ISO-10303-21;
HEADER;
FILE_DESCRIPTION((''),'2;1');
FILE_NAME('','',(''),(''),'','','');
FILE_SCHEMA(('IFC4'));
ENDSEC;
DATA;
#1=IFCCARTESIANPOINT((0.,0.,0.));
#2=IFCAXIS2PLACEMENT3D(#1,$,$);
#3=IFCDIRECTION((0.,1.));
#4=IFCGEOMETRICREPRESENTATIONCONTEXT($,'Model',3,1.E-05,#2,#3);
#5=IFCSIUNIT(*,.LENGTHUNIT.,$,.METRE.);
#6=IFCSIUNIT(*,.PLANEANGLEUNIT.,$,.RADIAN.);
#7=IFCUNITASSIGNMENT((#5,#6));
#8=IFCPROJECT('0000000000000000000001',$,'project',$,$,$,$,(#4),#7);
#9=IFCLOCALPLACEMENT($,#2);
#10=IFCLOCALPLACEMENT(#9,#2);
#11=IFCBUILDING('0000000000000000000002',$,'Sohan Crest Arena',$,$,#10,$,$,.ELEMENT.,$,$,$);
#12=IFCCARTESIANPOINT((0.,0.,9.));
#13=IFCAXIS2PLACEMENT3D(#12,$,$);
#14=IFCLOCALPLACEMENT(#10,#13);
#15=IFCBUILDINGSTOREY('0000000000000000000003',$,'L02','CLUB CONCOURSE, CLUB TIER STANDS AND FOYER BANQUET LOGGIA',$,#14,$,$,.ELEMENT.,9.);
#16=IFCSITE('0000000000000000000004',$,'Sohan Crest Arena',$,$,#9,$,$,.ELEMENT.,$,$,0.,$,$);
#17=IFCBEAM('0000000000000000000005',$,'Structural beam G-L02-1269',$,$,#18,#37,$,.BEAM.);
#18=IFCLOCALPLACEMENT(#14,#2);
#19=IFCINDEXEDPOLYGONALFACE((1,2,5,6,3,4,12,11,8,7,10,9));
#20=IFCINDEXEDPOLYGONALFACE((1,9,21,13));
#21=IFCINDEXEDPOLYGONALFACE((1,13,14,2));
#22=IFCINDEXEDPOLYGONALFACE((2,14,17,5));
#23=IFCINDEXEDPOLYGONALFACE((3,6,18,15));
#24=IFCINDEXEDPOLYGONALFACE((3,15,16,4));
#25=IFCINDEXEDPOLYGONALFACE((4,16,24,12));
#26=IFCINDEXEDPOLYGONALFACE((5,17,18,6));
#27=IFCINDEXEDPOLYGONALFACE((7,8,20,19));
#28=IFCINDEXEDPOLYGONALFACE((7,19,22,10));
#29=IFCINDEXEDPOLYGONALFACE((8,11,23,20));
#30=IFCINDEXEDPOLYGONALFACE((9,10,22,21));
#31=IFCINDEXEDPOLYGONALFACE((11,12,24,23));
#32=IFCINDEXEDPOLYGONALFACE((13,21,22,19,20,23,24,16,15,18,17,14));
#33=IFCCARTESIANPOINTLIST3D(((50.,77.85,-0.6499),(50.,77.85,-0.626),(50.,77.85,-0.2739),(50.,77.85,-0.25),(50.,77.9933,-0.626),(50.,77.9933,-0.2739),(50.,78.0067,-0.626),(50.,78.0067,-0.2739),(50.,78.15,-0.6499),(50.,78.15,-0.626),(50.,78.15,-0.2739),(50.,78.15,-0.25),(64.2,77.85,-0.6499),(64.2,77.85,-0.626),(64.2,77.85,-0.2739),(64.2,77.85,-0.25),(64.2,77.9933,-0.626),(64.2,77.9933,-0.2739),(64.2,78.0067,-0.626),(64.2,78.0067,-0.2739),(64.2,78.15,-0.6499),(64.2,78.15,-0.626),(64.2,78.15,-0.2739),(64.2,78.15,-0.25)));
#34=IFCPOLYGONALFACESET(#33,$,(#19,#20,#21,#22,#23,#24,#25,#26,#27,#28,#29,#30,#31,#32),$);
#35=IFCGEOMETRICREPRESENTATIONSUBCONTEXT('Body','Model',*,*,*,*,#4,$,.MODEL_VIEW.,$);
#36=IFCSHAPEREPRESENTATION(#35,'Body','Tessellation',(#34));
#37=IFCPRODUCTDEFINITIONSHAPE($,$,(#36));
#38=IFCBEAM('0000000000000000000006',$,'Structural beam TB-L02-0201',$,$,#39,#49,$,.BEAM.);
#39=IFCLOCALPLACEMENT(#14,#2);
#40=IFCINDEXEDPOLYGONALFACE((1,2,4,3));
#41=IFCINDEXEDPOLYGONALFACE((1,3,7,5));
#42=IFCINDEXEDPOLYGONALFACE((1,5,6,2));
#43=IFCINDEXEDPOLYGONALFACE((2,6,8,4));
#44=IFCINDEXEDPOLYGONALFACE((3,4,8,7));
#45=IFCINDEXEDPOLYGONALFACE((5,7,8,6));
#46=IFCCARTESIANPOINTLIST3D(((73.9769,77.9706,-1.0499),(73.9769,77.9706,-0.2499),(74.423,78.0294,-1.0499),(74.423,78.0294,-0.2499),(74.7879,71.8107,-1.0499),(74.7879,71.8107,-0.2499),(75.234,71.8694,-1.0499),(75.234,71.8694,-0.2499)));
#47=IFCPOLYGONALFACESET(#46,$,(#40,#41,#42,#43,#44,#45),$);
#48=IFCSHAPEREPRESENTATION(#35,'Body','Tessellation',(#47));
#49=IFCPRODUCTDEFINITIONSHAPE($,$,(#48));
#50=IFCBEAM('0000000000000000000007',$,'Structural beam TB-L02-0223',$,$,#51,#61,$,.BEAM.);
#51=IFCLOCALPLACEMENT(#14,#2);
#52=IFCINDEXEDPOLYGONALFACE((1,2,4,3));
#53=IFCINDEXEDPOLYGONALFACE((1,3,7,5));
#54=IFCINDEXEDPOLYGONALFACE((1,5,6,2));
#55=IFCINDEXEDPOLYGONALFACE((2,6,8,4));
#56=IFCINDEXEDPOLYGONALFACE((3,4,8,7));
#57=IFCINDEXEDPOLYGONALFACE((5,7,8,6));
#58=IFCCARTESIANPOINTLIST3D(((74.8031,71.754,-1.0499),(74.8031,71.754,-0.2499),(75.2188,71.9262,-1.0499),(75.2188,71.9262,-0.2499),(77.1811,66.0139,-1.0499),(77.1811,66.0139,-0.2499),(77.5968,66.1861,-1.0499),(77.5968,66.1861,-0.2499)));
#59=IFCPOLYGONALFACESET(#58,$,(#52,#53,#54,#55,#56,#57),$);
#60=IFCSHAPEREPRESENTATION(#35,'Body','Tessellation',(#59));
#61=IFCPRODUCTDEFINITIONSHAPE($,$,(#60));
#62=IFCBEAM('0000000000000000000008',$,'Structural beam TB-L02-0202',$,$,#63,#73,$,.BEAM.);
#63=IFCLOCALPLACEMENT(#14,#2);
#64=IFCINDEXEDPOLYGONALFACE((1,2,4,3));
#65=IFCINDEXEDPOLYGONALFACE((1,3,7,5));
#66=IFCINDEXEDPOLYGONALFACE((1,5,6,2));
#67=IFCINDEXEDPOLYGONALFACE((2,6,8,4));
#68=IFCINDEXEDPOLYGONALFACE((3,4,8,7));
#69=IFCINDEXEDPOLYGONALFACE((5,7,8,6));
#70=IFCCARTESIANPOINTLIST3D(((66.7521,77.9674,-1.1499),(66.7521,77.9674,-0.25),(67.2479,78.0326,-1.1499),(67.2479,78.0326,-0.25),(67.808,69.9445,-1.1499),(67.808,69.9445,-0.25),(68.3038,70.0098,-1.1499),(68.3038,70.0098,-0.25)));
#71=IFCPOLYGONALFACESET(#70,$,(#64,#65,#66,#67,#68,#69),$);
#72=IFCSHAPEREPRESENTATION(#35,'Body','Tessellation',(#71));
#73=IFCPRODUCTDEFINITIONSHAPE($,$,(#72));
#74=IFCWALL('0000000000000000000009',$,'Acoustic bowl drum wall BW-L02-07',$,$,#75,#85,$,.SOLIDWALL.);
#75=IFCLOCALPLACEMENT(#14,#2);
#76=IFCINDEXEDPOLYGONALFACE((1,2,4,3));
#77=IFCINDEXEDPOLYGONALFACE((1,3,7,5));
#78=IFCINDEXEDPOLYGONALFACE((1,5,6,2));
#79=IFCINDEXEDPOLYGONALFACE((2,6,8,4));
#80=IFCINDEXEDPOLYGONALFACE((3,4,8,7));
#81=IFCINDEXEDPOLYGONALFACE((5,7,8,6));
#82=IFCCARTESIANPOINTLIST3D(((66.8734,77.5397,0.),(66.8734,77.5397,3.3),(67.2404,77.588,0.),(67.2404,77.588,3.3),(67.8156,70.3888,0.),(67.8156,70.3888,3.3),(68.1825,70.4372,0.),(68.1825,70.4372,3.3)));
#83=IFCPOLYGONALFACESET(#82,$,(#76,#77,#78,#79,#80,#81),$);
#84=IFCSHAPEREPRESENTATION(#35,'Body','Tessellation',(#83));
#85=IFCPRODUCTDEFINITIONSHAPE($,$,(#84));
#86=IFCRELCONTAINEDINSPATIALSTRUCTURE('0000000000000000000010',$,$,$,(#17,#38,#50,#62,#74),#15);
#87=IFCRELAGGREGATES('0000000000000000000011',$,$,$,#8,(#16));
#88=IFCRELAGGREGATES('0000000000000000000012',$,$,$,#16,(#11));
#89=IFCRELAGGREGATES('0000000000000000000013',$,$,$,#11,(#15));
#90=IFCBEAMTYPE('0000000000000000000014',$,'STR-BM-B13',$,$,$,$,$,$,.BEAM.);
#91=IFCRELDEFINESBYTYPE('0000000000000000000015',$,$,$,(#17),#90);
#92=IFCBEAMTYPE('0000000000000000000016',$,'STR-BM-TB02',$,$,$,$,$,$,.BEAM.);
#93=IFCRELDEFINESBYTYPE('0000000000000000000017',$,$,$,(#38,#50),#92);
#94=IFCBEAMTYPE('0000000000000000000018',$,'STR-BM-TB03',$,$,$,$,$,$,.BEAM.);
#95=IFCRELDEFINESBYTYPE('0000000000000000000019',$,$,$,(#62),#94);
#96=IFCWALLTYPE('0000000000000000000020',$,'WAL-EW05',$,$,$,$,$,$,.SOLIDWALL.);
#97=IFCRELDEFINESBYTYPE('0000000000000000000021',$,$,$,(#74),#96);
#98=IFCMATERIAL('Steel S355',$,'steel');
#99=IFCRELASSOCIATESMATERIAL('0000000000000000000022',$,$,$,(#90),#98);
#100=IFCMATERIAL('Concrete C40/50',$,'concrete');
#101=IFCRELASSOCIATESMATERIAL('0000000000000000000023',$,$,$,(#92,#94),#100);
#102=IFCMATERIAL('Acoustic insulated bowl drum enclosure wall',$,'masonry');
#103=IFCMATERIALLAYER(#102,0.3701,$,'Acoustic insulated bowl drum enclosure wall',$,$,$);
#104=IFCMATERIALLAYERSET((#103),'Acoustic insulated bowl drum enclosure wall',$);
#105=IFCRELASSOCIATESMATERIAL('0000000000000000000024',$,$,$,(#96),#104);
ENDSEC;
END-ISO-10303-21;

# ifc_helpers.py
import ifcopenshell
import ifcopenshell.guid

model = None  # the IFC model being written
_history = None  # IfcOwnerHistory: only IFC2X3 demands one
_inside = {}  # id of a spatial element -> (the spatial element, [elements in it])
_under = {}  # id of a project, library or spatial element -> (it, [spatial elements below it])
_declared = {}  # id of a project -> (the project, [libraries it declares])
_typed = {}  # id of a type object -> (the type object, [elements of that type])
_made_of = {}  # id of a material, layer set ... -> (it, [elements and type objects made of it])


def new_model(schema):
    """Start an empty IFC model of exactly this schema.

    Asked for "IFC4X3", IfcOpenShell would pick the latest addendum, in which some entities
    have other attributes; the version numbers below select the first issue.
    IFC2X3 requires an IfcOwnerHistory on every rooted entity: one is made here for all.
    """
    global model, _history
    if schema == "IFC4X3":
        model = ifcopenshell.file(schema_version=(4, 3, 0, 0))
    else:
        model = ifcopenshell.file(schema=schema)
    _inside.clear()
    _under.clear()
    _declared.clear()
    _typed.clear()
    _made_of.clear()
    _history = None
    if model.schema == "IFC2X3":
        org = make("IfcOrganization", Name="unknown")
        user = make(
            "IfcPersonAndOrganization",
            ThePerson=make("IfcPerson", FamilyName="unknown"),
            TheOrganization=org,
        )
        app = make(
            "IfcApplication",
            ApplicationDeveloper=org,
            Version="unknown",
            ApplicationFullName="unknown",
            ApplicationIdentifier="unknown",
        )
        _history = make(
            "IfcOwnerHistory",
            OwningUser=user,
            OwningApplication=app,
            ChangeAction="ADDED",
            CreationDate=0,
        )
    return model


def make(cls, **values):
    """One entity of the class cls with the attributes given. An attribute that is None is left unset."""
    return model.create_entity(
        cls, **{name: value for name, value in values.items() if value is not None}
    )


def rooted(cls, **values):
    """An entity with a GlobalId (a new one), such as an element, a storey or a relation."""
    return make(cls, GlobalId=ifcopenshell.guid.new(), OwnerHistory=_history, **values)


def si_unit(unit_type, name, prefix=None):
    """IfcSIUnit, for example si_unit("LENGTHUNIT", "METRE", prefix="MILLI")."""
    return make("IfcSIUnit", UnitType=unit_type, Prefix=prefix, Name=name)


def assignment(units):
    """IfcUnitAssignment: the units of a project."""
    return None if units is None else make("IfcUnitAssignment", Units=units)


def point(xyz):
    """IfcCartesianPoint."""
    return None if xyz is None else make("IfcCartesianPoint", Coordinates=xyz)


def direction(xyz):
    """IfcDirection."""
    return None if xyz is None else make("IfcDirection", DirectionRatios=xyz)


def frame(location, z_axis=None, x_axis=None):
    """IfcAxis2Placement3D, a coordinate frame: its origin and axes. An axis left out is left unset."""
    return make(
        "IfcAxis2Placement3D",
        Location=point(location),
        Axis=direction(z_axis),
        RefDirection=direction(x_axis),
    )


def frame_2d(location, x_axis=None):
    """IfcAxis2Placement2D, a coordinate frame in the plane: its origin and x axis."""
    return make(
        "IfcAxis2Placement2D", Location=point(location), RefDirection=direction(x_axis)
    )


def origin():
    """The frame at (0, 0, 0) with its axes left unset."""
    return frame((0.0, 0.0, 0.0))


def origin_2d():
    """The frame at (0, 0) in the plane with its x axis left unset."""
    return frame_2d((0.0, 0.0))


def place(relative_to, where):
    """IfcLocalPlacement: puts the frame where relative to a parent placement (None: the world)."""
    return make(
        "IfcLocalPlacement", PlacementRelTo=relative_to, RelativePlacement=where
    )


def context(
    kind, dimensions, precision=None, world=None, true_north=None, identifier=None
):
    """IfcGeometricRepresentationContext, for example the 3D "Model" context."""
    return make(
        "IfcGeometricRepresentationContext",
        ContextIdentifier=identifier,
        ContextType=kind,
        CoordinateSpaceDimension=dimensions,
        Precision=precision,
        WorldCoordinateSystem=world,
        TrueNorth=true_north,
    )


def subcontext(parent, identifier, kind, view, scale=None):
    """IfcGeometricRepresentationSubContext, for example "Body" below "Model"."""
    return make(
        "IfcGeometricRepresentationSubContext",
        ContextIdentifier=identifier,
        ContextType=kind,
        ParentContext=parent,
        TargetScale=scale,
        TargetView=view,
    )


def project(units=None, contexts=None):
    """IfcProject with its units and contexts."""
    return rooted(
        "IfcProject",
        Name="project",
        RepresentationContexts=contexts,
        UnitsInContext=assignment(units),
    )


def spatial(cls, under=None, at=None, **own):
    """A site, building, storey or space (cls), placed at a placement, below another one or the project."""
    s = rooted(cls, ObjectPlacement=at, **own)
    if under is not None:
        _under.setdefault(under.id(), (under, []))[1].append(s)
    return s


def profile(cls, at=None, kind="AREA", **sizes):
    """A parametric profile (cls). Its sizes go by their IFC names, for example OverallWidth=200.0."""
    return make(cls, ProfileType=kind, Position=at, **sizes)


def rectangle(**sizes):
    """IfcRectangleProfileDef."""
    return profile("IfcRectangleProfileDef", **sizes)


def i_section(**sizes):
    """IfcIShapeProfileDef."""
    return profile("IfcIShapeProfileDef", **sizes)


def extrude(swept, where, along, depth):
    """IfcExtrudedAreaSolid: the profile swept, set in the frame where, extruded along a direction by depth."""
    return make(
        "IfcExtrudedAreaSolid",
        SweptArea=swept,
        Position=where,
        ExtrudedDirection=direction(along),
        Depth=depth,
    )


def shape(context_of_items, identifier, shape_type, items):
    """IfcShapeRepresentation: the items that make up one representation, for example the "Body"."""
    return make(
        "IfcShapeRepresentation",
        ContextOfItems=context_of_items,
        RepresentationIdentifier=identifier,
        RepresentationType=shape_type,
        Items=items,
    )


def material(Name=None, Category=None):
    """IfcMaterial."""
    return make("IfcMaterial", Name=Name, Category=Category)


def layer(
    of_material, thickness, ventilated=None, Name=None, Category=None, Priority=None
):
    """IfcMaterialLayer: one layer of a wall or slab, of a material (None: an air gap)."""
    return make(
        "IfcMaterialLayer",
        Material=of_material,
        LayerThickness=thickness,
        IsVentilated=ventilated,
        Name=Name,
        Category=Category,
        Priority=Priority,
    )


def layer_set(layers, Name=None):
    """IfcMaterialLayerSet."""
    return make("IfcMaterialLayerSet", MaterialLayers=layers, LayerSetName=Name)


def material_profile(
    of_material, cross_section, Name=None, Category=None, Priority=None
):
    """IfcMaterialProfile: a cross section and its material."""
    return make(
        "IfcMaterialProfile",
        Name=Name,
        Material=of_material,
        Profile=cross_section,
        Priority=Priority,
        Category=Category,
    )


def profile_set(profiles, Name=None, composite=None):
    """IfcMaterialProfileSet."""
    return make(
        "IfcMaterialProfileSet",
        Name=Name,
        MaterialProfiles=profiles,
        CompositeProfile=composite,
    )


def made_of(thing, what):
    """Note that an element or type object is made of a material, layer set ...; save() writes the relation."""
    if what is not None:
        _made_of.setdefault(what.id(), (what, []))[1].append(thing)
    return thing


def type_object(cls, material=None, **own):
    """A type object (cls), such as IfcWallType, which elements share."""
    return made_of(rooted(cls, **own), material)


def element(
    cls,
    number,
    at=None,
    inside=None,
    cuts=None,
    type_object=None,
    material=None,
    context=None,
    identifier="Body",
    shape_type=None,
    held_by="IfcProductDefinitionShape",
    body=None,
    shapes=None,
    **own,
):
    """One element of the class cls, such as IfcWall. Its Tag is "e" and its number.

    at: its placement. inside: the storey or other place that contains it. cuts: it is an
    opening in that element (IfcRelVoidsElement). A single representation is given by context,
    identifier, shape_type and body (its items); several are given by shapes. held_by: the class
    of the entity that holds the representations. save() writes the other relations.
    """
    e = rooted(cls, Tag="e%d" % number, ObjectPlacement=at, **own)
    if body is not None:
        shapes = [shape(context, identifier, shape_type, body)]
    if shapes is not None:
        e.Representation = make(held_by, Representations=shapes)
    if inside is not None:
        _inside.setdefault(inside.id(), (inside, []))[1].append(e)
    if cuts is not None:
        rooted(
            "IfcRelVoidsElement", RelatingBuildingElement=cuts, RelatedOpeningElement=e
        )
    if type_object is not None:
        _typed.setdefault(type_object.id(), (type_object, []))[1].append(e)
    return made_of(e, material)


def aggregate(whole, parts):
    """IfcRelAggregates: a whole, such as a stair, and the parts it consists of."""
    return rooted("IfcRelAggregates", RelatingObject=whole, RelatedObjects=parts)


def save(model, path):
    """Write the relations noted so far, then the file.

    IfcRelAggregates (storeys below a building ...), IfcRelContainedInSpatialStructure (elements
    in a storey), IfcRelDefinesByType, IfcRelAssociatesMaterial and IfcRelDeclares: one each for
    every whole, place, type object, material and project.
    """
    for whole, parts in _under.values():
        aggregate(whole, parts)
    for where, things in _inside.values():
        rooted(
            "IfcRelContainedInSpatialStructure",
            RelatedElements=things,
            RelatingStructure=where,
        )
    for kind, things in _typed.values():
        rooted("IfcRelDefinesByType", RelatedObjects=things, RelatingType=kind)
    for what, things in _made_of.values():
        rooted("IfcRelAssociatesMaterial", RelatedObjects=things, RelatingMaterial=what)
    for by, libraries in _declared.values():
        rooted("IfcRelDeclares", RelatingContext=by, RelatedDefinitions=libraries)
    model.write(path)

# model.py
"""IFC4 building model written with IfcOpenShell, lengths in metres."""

from ifc_helpers import new_model, si_unit, direction, frame, frame_2d, origin, origin_2d, place, context, subcontext, project, spatial, rectangle, i_section, extrude, material, layer, layer_set, material_profile, profile_set, type_object, element, save


model = new_model("IFC4")

# Units and contexts
model_context = context("Model", 3, precision=1e-05, world=origin(), true_north=direction((0.0, 1.0)))
body_context = subcontext(model_context, "Body", "Model", "MODEL_VIEW")
ifc_project = project(units=[si_unit("LENGTHUNIT", "METRE"), si_unit("PLANEANGLEUNIT", "RADIAN")], contexts=[model_context])

# Site, building, storey
site_placement = place(None, origin())
site = spatial("IfcSite", under=ifc_project, at=site_placement, Name="Sohan Crest Arena", CompositionType="ELEMENT", RefElevation=0.0)
building_placement = place(site_placement, origin())
building = spatial("IfcBuilding", under=site, at=building_placement, Name="Sohan Crest Arena", CompositionType="ELEMENT")
storey_placement = place(building_placement, frame((0.0, 0.0, 9.0)))
storey = spatial("IfcBuildingStorey", under=building, at=storey_placement, Name="L02", Description="CLUB CONCOURSE, CLUB TIER STANDS AND FOYER BANQUET LOGGIA", CompositionType="ELEMENT", Elevation=9.0)

# Shared definitions
ifc_material_1 = material(Name="Concrete C40/50", Category="concrete")
ifc_material_2 = material(Name="Steel S355", Category="steel")

# Beams
ifc_material_profile_1 = material_profile(ifc_material_2, i_section(OverallWidth=0.3, OverallDepth=0.3999, WebThickness=0.0134, FlangeThickness=0.0239, at=origin_2d()), Name="HEB 400")
ifc_profile_set_1 = profile_set([ifc_material_profile_1], Name="Steel S355")
beam_type_1 = type_object("IfcBeamType", Name="STR-BM-B13", PredefinedType="BEAM", material=ifc_profile_set_1)
beam_1_placement = place(storey_placement, frame((64.2, 78.0, -0.45), z_axis=(-1.0, 0.0, 0.0), x_axis=(0.0, -1.0, 0.0)))
element("IfcBeam", 1, at=beam_1_placement, inside=storey, type_object=beam_type_1, Name="Structural beam G-L02-1269", PredefinedType="BEAM", context=body_context, shape_type="SweptSolid", body=[
    extrude(i_section(OverallWidth=0.3, OverallDepth=0.3999, WebThickness=0.0134, FlangeThickness=0.0239, at=origin_2d()), origin(), (0.0, 0.0, 1.0), 14.2),
])
ifc_material_profile_2 = material_profile(ifc_material_1, rectangle(XDim=0.45, YDim=0.8, at=origin_2d()), Name="RC-BM 450x800")
ifc_profile_set_2 = profile_set([ifc_material_profile_2], Name="Concrete C40/50")
beam_type_2 = type_object("IfcBeamType", Name="STR-BM-TB02", PredefinedType="BEAM", material=ifc_profile_set_2)
for number, where, z_axis, x_axis, name in (
    (2, (74.2, 78.0, -0.6499), (0.130537, -0.991443, 0.0), (0.991443, 0.130537, 0.0), "Structural beam TB-L02-0201"),
    (3, (75.011, 71.8401, -0.6499), (0.382731, -0.92386, 0.0), (0.92386, 0.382731, 0.0), "Structural beam TB-L02-0223"),
):
    element("IfcBeam", number, at=place(storey_placement, frame(where, z_axis=z_axis, x_axis=x_axis)), inside=storey, type_object=beam_type_2, Name=name, PredefinedType="BEAM", context=body_context, shape_type="SweptSolid", body=[
        extrude(rectangle(XDim=0.45, YDim=0.8, at=origin_2d()), origin(), (0.0, 0.0, 1.0), 6.2131),
    ])
ifc_material_profile_3 = material_profile(ifc_material_1, rectangle(XDim=0.5, YDim=0.8999, at=origin_2d()), Name="RC-BM 500x900")
ifc_profile_set_3 = profile_set([ifc_material_profile_3], Name="Concrete C40/50")
beam_type_3 = type_object("IfcBeamType", Name="STR-BM-TB03", PredefinedType="BEAM", material=ifc_profile_set_3)
beam_2_placement = place(storey_placement, frame((67.0, 78.0, -0.7), z_axis=(0.130486, -0.99145, 0.0), x_axis=(0.99145, 0.130486, 0.0)))
element("IfcBeam", 4, at=beam_2_placement, inside=storey, type_object=beam_type_3, Name="Structural beam TB-L02-0202", PredefinedType="BEAM", context=body_context, shape_type="SweptSolid", body=[
    extrude(rectangle(XDim=0.5, YDim=0.8999, at=origin_2d()), origin(), (0.0, 0.0, 1.0), 8.092),
])

# Wall
ifc_material_3 = material(Name="Acoustic insulated bowl drum enclosure wall", Category="masonry")
ifc_layer = layer(ifc_material_3, 0.3701, Name="Acoustic insulated bowl drum enclosure wall")
ifc_layer_set = layer_set([ifc_layer], Name="Acoustic insulated bowl drum enclosure wall")
wall_type = type_object("IfcWallType", Name="WAL-EW05", PredefinedType="SOLIDWALL", material=ifc_layer_set)
wall_placement = place(storey_placement, frame((67.0569, 77.564, 0.0), z_axis=(0.0, 0.0, 1.0), x_axis=(0.130623, -0.991432, 0.0)))
element("IfcWall", 5, at=wall_placement, inside=storey, type_object=wall_type, Name="Acoustic bowl drum wall BW-L02-07", PredefinedType="SOLIDWALL", context=body_context, shape_type="SweptSolid", body=[
    extrude(rectangle(XDim=7.2126, YDim=0.3701, at=frame_2d((3.6064, 0.0))), origin(), (0.0, 0.0, 1.0), 3.3),
])

save(model, "model.ifc")
